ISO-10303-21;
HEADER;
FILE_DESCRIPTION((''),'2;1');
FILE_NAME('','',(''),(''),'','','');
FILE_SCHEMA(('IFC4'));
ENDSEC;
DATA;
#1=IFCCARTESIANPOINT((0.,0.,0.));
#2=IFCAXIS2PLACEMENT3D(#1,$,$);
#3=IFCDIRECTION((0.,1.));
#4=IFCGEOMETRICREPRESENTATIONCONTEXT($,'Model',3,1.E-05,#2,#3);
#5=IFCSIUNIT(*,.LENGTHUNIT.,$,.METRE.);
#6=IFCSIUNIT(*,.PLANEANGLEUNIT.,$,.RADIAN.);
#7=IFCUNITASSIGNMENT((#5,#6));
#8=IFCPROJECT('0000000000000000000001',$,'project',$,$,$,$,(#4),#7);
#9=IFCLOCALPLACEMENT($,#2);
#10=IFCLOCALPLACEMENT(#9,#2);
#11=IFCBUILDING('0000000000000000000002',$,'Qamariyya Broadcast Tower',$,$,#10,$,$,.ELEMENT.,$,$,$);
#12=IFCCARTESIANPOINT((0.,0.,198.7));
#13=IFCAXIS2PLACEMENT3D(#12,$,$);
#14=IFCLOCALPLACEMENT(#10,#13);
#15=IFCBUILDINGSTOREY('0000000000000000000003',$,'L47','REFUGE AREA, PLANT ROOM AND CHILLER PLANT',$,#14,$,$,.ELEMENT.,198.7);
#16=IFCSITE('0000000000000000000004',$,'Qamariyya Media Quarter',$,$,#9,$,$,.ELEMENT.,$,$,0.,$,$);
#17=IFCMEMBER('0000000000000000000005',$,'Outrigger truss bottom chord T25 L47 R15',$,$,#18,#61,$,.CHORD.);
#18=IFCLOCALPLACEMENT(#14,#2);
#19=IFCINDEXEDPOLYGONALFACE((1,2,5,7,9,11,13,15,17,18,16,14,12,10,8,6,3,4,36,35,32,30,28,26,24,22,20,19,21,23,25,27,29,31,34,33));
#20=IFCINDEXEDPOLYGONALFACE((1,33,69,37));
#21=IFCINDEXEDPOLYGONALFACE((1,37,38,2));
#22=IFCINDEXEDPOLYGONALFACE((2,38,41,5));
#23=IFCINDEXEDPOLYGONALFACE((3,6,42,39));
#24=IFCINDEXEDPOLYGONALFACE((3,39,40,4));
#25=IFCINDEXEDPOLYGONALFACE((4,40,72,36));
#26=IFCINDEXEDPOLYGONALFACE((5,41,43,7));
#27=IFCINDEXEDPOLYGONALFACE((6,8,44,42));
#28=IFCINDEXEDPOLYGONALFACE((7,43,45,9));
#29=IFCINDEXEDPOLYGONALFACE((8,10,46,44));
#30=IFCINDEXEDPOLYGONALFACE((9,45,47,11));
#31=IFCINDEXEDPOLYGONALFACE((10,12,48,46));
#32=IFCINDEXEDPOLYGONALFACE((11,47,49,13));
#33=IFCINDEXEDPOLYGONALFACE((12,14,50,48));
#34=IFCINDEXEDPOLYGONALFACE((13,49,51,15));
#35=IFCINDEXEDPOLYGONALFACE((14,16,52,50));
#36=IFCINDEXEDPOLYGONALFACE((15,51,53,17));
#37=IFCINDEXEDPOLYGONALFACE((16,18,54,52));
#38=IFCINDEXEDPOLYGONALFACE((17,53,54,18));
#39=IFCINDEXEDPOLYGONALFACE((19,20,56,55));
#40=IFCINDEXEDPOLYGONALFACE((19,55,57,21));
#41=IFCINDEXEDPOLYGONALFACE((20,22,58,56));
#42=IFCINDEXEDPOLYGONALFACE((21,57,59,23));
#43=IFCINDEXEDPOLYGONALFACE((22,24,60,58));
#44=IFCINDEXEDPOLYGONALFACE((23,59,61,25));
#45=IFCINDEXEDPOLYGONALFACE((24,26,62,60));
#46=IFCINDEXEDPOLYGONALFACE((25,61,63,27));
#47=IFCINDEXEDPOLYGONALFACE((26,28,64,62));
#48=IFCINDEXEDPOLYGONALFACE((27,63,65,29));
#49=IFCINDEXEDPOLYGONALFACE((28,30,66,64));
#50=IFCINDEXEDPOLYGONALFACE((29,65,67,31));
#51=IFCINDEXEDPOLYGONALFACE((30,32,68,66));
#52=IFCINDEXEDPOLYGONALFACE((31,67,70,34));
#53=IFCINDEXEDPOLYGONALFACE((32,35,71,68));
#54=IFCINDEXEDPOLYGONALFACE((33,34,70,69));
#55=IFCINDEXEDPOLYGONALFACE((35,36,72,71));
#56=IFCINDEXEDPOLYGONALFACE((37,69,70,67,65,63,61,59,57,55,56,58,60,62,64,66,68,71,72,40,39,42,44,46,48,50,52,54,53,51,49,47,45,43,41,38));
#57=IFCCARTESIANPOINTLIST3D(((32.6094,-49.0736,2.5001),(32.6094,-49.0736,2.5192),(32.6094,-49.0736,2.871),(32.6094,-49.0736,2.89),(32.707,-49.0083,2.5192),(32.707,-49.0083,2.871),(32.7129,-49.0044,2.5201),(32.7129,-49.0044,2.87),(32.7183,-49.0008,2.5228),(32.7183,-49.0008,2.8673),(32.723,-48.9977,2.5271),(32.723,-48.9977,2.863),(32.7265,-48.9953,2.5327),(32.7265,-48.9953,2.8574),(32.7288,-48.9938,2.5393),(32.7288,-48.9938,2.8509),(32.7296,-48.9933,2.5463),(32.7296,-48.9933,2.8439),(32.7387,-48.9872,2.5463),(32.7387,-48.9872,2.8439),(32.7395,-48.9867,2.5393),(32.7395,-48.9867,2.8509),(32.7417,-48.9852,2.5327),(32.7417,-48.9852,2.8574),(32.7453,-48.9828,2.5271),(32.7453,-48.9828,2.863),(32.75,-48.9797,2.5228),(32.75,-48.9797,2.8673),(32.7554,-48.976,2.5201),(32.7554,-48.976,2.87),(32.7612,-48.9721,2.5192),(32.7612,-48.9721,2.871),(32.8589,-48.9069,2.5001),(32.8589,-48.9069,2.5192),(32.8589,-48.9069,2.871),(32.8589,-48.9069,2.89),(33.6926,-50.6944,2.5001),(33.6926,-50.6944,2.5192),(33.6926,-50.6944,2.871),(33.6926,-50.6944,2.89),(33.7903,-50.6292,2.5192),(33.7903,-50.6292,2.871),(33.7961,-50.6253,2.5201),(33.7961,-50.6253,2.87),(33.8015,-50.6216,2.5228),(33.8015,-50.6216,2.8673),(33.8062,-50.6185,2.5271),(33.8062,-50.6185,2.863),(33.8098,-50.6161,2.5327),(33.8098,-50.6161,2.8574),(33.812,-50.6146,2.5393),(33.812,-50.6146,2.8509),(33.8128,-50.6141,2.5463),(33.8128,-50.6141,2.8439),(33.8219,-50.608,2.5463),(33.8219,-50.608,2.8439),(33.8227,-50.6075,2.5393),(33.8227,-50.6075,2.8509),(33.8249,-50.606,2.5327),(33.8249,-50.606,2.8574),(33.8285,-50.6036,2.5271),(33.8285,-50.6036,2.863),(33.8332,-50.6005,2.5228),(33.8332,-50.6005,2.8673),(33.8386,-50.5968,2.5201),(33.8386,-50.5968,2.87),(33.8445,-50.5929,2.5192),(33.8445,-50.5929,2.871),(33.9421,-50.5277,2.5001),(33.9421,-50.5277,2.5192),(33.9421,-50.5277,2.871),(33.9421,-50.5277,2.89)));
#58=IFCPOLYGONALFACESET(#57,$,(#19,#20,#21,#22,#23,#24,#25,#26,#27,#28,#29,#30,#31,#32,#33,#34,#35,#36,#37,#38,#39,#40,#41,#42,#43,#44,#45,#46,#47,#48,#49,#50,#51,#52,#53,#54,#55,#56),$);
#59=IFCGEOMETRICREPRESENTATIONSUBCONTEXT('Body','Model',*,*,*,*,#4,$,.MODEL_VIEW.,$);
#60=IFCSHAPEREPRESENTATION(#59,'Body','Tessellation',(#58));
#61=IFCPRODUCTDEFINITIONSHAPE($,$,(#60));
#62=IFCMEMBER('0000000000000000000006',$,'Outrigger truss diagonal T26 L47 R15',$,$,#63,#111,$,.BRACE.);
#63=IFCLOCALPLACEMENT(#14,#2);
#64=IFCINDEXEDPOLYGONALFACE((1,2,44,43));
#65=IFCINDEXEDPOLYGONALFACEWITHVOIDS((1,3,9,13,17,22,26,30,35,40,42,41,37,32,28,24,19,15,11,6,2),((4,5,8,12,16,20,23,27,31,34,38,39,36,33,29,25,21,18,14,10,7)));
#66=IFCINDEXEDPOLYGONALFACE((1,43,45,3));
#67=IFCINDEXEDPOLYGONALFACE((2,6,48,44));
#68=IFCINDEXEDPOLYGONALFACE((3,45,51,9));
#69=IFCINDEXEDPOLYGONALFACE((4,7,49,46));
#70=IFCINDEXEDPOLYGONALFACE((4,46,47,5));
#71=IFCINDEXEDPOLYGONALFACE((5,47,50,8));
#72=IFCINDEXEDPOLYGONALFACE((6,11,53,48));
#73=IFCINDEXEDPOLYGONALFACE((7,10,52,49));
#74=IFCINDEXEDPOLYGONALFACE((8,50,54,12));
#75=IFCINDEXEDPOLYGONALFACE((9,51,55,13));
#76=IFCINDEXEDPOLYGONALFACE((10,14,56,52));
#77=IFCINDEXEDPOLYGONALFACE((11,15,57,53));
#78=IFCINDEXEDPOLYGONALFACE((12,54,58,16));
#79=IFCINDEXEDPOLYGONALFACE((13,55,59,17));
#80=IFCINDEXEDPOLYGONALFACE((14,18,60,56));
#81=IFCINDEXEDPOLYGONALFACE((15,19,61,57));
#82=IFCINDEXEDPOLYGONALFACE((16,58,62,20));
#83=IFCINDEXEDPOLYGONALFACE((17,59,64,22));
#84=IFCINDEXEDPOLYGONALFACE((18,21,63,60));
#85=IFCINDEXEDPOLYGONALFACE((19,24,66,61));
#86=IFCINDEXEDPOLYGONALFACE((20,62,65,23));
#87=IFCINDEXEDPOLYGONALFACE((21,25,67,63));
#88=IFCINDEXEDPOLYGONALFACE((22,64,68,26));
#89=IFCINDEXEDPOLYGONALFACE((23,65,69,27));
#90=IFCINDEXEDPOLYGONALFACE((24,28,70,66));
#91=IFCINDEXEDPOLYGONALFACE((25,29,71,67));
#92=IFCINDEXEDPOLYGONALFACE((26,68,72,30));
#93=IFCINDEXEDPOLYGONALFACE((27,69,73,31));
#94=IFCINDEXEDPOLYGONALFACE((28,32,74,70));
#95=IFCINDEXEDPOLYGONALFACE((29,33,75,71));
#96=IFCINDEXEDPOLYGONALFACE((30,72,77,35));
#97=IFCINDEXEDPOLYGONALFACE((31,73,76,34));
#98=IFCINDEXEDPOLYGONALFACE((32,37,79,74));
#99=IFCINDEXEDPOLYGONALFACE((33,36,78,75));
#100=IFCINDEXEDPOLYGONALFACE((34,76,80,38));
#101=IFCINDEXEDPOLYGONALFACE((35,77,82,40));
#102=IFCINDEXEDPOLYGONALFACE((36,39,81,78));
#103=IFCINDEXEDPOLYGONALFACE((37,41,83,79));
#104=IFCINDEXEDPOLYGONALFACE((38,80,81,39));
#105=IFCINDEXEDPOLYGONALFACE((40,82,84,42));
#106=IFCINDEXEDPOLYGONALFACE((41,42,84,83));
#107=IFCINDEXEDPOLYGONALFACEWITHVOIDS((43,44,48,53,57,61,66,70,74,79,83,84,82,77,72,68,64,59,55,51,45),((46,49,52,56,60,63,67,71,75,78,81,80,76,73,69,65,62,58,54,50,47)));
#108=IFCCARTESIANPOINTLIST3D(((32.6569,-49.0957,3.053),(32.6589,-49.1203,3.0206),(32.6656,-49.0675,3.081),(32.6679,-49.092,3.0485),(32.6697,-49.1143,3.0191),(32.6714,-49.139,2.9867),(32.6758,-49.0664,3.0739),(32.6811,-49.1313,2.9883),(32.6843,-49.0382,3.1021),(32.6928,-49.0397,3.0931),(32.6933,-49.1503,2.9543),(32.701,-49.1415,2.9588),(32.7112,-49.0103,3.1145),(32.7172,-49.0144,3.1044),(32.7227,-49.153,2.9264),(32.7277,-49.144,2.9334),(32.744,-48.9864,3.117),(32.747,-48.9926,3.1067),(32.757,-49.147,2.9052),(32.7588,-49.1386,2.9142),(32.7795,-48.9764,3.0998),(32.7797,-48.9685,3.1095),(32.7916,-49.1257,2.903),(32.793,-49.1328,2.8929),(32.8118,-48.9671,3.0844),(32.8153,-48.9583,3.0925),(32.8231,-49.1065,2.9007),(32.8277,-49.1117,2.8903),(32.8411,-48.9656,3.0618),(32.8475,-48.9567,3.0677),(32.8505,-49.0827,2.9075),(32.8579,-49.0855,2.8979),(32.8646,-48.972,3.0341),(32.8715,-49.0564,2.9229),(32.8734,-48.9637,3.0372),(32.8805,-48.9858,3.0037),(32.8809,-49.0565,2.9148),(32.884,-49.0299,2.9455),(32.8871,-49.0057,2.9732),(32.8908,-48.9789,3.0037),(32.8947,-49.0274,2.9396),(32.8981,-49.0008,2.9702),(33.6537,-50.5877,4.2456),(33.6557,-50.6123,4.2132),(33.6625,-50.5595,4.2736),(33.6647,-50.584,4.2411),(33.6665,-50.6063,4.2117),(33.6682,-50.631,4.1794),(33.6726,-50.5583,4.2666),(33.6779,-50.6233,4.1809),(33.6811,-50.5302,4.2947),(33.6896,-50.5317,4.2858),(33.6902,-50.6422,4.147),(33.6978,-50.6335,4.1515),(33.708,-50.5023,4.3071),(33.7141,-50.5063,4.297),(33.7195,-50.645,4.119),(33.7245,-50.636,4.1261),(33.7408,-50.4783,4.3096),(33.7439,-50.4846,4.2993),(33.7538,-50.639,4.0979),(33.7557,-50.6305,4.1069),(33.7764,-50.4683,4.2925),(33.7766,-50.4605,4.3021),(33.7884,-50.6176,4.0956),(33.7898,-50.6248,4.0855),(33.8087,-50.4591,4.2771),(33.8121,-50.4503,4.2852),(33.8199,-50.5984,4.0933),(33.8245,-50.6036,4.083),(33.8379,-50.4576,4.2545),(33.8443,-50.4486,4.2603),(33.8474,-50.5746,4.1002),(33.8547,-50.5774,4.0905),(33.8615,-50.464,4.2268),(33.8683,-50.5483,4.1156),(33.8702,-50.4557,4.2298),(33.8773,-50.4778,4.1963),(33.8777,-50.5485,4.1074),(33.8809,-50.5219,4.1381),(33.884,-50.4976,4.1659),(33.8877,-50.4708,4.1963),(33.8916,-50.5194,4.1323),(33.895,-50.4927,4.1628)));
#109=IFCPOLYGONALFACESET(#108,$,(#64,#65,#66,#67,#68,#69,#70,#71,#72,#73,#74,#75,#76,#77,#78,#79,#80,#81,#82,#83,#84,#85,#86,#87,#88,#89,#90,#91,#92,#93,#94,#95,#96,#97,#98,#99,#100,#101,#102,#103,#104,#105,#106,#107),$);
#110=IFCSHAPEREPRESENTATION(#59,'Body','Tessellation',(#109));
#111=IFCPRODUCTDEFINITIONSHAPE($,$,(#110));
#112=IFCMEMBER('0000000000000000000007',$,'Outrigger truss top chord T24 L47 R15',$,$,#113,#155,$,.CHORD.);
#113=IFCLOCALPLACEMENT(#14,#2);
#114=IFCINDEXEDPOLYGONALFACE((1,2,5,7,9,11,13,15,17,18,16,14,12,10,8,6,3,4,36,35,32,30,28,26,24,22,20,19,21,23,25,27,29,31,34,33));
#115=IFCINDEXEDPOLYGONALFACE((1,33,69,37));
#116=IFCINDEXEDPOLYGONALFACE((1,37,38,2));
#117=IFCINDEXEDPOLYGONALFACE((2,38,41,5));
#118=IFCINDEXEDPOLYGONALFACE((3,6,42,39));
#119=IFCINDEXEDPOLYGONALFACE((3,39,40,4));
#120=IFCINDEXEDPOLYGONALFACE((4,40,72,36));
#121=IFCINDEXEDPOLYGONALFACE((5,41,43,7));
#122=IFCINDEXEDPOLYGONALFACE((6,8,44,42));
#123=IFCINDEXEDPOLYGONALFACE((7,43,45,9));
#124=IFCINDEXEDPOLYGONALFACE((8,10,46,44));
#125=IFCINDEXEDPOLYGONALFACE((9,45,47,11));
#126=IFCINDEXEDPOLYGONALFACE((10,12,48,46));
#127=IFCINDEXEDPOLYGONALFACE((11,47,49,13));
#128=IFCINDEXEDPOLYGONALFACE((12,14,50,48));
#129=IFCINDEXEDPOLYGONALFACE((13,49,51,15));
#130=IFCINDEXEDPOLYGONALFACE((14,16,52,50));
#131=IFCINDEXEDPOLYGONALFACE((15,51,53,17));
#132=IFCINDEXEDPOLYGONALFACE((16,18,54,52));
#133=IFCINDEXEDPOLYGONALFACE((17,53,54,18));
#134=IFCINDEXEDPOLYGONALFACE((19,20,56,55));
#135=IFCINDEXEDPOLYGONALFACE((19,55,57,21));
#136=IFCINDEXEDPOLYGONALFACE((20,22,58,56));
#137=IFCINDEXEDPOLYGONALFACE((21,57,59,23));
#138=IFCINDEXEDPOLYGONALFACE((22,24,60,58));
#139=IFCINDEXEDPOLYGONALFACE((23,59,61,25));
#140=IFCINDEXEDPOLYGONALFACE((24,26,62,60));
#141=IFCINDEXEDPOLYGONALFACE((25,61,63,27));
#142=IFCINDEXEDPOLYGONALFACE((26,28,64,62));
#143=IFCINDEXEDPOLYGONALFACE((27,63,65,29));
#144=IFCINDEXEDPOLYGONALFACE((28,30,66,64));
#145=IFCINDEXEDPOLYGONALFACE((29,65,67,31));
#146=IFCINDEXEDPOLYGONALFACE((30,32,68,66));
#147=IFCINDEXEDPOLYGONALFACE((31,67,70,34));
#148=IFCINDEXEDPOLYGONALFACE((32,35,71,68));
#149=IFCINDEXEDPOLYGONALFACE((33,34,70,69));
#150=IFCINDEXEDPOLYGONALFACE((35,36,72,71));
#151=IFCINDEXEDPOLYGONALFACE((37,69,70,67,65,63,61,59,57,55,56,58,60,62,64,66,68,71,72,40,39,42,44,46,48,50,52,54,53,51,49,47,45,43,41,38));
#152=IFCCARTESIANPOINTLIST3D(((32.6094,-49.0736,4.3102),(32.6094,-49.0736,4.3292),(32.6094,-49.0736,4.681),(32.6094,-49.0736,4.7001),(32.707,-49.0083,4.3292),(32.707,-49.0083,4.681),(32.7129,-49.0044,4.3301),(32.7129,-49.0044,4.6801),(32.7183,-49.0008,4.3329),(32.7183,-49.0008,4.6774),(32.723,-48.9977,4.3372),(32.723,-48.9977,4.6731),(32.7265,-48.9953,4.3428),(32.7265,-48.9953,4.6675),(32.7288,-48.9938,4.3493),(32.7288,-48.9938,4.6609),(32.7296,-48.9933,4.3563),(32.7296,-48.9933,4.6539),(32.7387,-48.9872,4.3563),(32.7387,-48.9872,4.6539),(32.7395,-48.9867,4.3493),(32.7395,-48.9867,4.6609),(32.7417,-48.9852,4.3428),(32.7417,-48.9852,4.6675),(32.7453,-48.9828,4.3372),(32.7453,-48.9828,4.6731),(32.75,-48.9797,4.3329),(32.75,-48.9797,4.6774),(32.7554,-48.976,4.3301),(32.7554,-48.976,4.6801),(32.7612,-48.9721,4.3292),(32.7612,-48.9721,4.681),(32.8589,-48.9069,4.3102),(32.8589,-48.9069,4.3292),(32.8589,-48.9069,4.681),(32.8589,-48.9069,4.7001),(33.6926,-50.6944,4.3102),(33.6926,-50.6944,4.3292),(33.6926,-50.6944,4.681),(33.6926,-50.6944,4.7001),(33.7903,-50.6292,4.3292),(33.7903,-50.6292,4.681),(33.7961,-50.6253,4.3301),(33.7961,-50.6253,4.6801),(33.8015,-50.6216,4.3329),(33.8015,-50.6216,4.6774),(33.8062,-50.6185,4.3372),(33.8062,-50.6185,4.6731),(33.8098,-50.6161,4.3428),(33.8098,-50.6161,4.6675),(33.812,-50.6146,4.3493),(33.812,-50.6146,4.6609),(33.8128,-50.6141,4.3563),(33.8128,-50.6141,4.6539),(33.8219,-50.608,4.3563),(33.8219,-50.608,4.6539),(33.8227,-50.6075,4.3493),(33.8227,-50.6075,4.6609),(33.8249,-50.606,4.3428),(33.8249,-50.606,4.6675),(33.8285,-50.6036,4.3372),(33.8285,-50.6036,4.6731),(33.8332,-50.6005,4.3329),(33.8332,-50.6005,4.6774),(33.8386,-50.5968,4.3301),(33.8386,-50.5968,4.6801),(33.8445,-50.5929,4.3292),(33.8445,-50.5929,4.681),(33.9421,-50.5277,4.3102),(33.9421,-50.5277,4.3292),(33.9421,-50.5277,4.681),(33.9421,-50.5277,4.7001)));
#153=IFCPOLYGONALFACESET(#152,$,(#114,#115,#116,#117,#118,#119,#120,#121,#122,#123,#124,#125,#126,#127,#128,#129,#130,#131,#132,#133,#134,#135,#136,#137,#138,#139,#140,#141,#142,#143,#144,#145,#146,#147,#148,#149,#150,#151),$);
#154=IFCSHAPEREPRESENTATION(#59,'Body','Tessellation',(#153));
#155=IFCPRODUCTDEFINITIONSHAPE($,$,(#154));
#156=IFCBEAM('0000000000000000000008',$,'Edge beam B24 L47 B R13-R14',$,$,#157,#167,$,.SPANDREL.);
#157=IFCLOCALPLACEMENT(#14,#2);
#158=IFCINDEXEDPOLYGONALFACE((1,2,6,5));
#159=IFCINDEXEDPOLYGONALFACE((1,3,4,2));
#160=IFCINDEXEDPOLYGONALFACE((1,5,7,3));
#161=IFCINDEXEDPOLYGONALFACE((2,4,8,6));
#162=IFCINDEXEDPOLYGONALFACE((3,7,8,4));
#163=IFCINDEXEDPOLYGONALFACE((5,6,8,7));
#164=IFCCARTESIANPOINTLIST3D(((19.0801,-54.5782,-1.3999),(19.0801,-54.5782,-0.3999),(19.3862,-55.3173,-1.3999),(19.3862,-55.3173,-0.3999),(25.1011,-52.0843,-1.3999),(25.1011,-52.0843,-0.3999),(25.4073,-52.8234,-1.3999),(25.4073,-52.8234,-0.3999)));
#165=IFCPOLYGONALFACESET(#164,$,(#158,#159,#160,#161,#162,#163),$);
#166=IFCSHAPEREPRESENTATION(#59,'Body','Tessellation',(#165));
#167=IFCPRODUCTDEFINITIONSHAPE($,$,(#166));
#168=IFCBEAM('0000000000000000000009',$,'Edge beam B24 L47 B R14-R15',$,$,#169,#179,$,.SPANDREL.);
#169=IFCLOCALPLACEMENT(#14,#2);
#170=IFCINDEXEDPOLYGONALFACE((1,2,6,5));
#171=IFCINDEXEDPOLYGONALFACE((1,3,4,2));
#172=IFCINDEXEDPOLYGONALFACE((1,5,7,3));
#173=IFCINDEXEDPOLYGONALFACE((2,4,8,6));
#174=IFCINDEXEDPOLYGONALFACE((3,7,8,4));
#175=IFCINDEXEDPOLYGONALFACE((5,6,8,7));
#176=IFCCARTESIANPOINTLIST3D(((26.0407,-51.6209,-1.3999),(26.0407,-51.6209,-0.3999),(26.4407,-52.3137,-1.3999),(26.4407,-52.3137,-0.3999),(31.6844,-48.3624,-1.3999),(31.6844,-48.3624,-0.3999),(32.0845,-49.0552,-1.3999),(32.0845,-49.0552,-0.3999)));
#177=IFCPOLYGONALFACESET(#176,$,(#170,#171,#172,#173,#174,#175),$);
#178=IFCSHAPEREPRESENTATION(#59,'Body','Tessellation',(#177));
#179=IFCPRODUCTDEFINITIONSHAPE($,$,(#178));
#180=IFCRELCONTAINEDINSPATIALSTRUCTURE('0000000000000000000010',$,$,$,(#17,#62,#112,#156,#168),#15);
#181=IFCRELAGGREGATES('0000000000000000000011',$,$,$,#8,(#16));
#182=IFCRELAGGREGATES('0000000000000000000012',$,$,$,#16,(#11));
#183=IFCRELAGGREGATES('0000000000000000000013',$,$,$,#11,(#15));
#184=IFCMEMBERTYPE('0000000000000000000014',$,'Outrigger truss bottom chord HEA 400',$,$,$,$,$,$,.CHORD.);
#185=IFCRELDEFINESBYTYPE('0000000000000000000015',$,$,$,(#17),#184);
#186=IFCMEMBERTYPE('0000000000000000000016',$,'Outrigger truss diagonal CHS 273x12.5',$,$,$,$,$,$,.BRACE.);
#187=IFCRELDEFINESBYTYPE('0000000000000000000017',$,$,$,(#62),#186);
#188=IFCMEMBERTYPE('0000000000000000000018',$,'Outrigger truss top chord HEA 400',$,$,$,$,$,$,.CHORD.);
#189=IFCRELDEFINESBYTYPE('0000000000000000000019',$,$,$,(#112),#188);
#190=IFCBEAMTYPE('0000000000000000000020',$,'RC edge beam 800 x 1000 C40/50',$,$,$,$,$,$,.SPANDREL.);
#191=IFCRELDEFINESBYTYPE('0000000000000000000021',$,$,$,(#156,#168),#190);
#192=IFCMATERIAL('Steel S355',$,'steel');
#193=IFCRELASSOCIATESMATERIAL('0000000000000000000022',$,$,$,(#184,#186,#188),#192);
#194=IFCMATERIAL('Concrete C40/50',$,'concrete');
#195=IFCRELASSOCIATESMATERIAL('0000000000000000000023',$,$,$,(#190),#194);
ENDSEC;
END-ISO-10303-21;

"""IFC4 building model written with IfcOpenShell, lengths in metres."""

from ifc_helpers import new_model, si_unit, direction, frame, origin, origin_2d, place, context, subcontext, project, spatial, rectangle, hollow_circle, i_section, extrude, material, material_profile, profile_set, type_object, element, save


model = new_model("IFC4")

# Units and contexts
model_context = context("Model", 3, precision=1e-05, world=origin(), true_north=direction((0.0, 1.0)))
body_context = subcontext(model_context, "Body", "Model", "MODEL_VIEW")
ifc_project = project(units=[si_unit("LENGTHUNIT", "METRE"), si_unit("PLANEANGLEUNIT", "RADIAN")], contexts=[model_context])

# Site, building, storey
site_placement = place(None, origin())
site = spatial("IfcSite", under=ifc_project, at=site_placement, Name="Qamariyya Media Quarter", CompositionType="ELEMENT", RefElevation=0.0)
building_placement = place(site_placement, origin())
building = spatial("IfcBuilding", under=site, at=building_placement, Name="Qamariyya Broadcast Tower", CompositionType="ELEMENT")
storey_placement = place(building_placement, frame((0.0, 0.0, 198.7)))
storey = spatial("IfcBuildingStorey", under=building, at=storey_placement, Name="L47", Description="REFUGE AREA, PLANT ROOM AND CHILLER PLANT", CompositionType="ELEMENT", Elevation=198.7)

# Members
ifc_material_1 = material(Name="Steel S355", Category="steel")
ifc_material_profile_1 = material_profile(ifc_material_1, i_section(OverallWidth=0.3, OverallDepth=0.3899, WebThickness=0.011, FlangeThickness=0.019, FilletRadius=0.0271, at=origin_2d()))
ifc_profile_set_1 = profile_set([ifc_material_profile_1], Name="Steel S355")
member_type_1 = type_object("IfcMemberType", Name="Outrigger truss bottom chord HEA 400", PredefinedType="CHORD", material=ifc_profile_set_1)
member_1_placement = place(storey_placement, frame((32.7341, -48.9902, 2.6951), z_axis=(0.555654, -0.831414, 0.0), x_axis=(0.831414, 0.555654, 0.0)))
element("IfcMember", 1, at=member_1_placement, inside=storey, type_object=member_type_1, Name="Outrigger truss bottom chord T25 L47 R15", PredefinedType="CHORD", context=body_context, shape_type="SweptSolid", body=[
    extrude(i_section(OverallWidth=0.3, OverallDepth=0.3899, WebThickness=0.011, FlangeThickness=0.019, FilletRadius=0.0271, at=origin_2d()), origin(), (0.0, 0.0, 1.0), 1.9495),
])
ifc_material_profile_2 = material_profile(ifc_material_1, hollow_circle(Radius=0.1365, WallThickness=0.0125, at=origin_2d()))
ifc_profile_set_2 = profile_set([ifc_material_profile_2], Name="Steel S355")
member_type_2 = type_object("IfcMemberType", Name="Outrigger truss diagonal CHS 273x12.5", PredefinedType="BRACE", material=ifc_profile_set_2)
member_2_placement = place(storey_placement, frame((32.7773, -49.0547, 3.0037), z_axis=(0.462669, -0.692474, 0.553549), x_axis=(0.831485, 0.555548, 0.0)))
element("IfcMember", 2, at=member_2_placement, inside=storey, type_object=member_type_2, Name="Outrigger truss diagonal T26 L47 R15", PredefinedType="BRACE", context=body_context, shape_type="SweptSolid", body=[
    extrude(hollow_circle(Radius=0.1365, WallThickness=0.0125, at=origin_2d()), origin(), (0.0, 0.0, 1.0), 2.1545),
])
ifc_material_profile_3 = material_profile(ifc_material_1, i_section(OverallWidth=0.3, OverallDepth=0.3899, WebThickness=0.011, FlangeThickness=0.019, FilletRadius=0.0271, at=origin_2d()))
ifc_profile_set_3 = profile_set([ifc_material_profile_3], Name="Steel S355")
member_type_3 = type_object("IfcMemberType", Name="Outrigger truss top chord HEA 400", PredefinedType="CHORD", material=ifc_profile_set_3)
member_3_placement = place(storey_placement, frame((32.7341, -48.9902, 4.5051), z_axis=(0.555654, -0.831414, 0.0), x_axis=(0.831414, 0.555654, 0.0)))
element("IfcMember", 3, at=member_3_placement, inside=storey, type_object=member_type_3, Name="Outrigger truss top chord T24 L47 R15", PredefinedType="CHORD", context=body_context, shape_type="SweptSolid", body=[
    extrude(i_section(OverallWidth=0.3, OverallDepth=0.3899, WebThickness=0.011, FlangeThickness=0.019, FilletRadius=0.0271, at=origin_2d()), origin(), (0.0, 0.0, 1.0), 1.9495),
])

# Beams
ifc_material_2 = material(Name="Concrete C40/50", Category="concrete")
ifc_material_profile_4 = material_profile(ifc_material_2, rectangle(XDim=0.8, YDim=1.0, at=origin_2d()))
ifc_profile_set_4 = profile_set([ifc_material_profile_4], Name="Concrete C40/50")
beam_type_1 = type_object("IfcBeamType", Name="RC edge beam 800 x 1000 C40/50", PredefinedType="SPANDREL", material=ifc_profile_set_4)
beam_1_placement = place(storey_placement, frame((19.2332, -54.9478, -0.8999), z_axis=(0.923884, 0.382673, 0.0), x_axis=(-0.382673, 0.923884, 0.0)))
element("IfcBeam", 4, at=beam_1_placement, inside=storey, type_object=beam_type_1, Name="Edge beam B24 L47 B R13-R14", PredefinedType="SPANDREL", context=body_context, shape_type="SweptSolid", body=[
    extrude(rectangle(XDim=0.8, YDim=1.0, at=origin_2d()), origin(), (0.0, 0.0, 1.0), 6.5171),
])
beam_2_placement = place(storey_placement, frame((26.2407, -51.9673, -0.8999), z_axis=(0.866019, 0.500011, 0.0), x_axis=(-0.500011, 0.866019, 0.0)))
element("IfcBeam", 5, at=beam_2_placement, inside=storey, type_object=beam_type_1, Name="Edge beam B24 L47 B R14-R15", PredefinedType="SPANDREL", context=body_context, shape_type="SweptSolid", body=[
    extrude(rectangle(XDim=0.8, YDim=1.0, at=origin_2d()), origin(), (0.0, 0.0, 1.0), 6.5168),
])

save(model, "model.ifc")
